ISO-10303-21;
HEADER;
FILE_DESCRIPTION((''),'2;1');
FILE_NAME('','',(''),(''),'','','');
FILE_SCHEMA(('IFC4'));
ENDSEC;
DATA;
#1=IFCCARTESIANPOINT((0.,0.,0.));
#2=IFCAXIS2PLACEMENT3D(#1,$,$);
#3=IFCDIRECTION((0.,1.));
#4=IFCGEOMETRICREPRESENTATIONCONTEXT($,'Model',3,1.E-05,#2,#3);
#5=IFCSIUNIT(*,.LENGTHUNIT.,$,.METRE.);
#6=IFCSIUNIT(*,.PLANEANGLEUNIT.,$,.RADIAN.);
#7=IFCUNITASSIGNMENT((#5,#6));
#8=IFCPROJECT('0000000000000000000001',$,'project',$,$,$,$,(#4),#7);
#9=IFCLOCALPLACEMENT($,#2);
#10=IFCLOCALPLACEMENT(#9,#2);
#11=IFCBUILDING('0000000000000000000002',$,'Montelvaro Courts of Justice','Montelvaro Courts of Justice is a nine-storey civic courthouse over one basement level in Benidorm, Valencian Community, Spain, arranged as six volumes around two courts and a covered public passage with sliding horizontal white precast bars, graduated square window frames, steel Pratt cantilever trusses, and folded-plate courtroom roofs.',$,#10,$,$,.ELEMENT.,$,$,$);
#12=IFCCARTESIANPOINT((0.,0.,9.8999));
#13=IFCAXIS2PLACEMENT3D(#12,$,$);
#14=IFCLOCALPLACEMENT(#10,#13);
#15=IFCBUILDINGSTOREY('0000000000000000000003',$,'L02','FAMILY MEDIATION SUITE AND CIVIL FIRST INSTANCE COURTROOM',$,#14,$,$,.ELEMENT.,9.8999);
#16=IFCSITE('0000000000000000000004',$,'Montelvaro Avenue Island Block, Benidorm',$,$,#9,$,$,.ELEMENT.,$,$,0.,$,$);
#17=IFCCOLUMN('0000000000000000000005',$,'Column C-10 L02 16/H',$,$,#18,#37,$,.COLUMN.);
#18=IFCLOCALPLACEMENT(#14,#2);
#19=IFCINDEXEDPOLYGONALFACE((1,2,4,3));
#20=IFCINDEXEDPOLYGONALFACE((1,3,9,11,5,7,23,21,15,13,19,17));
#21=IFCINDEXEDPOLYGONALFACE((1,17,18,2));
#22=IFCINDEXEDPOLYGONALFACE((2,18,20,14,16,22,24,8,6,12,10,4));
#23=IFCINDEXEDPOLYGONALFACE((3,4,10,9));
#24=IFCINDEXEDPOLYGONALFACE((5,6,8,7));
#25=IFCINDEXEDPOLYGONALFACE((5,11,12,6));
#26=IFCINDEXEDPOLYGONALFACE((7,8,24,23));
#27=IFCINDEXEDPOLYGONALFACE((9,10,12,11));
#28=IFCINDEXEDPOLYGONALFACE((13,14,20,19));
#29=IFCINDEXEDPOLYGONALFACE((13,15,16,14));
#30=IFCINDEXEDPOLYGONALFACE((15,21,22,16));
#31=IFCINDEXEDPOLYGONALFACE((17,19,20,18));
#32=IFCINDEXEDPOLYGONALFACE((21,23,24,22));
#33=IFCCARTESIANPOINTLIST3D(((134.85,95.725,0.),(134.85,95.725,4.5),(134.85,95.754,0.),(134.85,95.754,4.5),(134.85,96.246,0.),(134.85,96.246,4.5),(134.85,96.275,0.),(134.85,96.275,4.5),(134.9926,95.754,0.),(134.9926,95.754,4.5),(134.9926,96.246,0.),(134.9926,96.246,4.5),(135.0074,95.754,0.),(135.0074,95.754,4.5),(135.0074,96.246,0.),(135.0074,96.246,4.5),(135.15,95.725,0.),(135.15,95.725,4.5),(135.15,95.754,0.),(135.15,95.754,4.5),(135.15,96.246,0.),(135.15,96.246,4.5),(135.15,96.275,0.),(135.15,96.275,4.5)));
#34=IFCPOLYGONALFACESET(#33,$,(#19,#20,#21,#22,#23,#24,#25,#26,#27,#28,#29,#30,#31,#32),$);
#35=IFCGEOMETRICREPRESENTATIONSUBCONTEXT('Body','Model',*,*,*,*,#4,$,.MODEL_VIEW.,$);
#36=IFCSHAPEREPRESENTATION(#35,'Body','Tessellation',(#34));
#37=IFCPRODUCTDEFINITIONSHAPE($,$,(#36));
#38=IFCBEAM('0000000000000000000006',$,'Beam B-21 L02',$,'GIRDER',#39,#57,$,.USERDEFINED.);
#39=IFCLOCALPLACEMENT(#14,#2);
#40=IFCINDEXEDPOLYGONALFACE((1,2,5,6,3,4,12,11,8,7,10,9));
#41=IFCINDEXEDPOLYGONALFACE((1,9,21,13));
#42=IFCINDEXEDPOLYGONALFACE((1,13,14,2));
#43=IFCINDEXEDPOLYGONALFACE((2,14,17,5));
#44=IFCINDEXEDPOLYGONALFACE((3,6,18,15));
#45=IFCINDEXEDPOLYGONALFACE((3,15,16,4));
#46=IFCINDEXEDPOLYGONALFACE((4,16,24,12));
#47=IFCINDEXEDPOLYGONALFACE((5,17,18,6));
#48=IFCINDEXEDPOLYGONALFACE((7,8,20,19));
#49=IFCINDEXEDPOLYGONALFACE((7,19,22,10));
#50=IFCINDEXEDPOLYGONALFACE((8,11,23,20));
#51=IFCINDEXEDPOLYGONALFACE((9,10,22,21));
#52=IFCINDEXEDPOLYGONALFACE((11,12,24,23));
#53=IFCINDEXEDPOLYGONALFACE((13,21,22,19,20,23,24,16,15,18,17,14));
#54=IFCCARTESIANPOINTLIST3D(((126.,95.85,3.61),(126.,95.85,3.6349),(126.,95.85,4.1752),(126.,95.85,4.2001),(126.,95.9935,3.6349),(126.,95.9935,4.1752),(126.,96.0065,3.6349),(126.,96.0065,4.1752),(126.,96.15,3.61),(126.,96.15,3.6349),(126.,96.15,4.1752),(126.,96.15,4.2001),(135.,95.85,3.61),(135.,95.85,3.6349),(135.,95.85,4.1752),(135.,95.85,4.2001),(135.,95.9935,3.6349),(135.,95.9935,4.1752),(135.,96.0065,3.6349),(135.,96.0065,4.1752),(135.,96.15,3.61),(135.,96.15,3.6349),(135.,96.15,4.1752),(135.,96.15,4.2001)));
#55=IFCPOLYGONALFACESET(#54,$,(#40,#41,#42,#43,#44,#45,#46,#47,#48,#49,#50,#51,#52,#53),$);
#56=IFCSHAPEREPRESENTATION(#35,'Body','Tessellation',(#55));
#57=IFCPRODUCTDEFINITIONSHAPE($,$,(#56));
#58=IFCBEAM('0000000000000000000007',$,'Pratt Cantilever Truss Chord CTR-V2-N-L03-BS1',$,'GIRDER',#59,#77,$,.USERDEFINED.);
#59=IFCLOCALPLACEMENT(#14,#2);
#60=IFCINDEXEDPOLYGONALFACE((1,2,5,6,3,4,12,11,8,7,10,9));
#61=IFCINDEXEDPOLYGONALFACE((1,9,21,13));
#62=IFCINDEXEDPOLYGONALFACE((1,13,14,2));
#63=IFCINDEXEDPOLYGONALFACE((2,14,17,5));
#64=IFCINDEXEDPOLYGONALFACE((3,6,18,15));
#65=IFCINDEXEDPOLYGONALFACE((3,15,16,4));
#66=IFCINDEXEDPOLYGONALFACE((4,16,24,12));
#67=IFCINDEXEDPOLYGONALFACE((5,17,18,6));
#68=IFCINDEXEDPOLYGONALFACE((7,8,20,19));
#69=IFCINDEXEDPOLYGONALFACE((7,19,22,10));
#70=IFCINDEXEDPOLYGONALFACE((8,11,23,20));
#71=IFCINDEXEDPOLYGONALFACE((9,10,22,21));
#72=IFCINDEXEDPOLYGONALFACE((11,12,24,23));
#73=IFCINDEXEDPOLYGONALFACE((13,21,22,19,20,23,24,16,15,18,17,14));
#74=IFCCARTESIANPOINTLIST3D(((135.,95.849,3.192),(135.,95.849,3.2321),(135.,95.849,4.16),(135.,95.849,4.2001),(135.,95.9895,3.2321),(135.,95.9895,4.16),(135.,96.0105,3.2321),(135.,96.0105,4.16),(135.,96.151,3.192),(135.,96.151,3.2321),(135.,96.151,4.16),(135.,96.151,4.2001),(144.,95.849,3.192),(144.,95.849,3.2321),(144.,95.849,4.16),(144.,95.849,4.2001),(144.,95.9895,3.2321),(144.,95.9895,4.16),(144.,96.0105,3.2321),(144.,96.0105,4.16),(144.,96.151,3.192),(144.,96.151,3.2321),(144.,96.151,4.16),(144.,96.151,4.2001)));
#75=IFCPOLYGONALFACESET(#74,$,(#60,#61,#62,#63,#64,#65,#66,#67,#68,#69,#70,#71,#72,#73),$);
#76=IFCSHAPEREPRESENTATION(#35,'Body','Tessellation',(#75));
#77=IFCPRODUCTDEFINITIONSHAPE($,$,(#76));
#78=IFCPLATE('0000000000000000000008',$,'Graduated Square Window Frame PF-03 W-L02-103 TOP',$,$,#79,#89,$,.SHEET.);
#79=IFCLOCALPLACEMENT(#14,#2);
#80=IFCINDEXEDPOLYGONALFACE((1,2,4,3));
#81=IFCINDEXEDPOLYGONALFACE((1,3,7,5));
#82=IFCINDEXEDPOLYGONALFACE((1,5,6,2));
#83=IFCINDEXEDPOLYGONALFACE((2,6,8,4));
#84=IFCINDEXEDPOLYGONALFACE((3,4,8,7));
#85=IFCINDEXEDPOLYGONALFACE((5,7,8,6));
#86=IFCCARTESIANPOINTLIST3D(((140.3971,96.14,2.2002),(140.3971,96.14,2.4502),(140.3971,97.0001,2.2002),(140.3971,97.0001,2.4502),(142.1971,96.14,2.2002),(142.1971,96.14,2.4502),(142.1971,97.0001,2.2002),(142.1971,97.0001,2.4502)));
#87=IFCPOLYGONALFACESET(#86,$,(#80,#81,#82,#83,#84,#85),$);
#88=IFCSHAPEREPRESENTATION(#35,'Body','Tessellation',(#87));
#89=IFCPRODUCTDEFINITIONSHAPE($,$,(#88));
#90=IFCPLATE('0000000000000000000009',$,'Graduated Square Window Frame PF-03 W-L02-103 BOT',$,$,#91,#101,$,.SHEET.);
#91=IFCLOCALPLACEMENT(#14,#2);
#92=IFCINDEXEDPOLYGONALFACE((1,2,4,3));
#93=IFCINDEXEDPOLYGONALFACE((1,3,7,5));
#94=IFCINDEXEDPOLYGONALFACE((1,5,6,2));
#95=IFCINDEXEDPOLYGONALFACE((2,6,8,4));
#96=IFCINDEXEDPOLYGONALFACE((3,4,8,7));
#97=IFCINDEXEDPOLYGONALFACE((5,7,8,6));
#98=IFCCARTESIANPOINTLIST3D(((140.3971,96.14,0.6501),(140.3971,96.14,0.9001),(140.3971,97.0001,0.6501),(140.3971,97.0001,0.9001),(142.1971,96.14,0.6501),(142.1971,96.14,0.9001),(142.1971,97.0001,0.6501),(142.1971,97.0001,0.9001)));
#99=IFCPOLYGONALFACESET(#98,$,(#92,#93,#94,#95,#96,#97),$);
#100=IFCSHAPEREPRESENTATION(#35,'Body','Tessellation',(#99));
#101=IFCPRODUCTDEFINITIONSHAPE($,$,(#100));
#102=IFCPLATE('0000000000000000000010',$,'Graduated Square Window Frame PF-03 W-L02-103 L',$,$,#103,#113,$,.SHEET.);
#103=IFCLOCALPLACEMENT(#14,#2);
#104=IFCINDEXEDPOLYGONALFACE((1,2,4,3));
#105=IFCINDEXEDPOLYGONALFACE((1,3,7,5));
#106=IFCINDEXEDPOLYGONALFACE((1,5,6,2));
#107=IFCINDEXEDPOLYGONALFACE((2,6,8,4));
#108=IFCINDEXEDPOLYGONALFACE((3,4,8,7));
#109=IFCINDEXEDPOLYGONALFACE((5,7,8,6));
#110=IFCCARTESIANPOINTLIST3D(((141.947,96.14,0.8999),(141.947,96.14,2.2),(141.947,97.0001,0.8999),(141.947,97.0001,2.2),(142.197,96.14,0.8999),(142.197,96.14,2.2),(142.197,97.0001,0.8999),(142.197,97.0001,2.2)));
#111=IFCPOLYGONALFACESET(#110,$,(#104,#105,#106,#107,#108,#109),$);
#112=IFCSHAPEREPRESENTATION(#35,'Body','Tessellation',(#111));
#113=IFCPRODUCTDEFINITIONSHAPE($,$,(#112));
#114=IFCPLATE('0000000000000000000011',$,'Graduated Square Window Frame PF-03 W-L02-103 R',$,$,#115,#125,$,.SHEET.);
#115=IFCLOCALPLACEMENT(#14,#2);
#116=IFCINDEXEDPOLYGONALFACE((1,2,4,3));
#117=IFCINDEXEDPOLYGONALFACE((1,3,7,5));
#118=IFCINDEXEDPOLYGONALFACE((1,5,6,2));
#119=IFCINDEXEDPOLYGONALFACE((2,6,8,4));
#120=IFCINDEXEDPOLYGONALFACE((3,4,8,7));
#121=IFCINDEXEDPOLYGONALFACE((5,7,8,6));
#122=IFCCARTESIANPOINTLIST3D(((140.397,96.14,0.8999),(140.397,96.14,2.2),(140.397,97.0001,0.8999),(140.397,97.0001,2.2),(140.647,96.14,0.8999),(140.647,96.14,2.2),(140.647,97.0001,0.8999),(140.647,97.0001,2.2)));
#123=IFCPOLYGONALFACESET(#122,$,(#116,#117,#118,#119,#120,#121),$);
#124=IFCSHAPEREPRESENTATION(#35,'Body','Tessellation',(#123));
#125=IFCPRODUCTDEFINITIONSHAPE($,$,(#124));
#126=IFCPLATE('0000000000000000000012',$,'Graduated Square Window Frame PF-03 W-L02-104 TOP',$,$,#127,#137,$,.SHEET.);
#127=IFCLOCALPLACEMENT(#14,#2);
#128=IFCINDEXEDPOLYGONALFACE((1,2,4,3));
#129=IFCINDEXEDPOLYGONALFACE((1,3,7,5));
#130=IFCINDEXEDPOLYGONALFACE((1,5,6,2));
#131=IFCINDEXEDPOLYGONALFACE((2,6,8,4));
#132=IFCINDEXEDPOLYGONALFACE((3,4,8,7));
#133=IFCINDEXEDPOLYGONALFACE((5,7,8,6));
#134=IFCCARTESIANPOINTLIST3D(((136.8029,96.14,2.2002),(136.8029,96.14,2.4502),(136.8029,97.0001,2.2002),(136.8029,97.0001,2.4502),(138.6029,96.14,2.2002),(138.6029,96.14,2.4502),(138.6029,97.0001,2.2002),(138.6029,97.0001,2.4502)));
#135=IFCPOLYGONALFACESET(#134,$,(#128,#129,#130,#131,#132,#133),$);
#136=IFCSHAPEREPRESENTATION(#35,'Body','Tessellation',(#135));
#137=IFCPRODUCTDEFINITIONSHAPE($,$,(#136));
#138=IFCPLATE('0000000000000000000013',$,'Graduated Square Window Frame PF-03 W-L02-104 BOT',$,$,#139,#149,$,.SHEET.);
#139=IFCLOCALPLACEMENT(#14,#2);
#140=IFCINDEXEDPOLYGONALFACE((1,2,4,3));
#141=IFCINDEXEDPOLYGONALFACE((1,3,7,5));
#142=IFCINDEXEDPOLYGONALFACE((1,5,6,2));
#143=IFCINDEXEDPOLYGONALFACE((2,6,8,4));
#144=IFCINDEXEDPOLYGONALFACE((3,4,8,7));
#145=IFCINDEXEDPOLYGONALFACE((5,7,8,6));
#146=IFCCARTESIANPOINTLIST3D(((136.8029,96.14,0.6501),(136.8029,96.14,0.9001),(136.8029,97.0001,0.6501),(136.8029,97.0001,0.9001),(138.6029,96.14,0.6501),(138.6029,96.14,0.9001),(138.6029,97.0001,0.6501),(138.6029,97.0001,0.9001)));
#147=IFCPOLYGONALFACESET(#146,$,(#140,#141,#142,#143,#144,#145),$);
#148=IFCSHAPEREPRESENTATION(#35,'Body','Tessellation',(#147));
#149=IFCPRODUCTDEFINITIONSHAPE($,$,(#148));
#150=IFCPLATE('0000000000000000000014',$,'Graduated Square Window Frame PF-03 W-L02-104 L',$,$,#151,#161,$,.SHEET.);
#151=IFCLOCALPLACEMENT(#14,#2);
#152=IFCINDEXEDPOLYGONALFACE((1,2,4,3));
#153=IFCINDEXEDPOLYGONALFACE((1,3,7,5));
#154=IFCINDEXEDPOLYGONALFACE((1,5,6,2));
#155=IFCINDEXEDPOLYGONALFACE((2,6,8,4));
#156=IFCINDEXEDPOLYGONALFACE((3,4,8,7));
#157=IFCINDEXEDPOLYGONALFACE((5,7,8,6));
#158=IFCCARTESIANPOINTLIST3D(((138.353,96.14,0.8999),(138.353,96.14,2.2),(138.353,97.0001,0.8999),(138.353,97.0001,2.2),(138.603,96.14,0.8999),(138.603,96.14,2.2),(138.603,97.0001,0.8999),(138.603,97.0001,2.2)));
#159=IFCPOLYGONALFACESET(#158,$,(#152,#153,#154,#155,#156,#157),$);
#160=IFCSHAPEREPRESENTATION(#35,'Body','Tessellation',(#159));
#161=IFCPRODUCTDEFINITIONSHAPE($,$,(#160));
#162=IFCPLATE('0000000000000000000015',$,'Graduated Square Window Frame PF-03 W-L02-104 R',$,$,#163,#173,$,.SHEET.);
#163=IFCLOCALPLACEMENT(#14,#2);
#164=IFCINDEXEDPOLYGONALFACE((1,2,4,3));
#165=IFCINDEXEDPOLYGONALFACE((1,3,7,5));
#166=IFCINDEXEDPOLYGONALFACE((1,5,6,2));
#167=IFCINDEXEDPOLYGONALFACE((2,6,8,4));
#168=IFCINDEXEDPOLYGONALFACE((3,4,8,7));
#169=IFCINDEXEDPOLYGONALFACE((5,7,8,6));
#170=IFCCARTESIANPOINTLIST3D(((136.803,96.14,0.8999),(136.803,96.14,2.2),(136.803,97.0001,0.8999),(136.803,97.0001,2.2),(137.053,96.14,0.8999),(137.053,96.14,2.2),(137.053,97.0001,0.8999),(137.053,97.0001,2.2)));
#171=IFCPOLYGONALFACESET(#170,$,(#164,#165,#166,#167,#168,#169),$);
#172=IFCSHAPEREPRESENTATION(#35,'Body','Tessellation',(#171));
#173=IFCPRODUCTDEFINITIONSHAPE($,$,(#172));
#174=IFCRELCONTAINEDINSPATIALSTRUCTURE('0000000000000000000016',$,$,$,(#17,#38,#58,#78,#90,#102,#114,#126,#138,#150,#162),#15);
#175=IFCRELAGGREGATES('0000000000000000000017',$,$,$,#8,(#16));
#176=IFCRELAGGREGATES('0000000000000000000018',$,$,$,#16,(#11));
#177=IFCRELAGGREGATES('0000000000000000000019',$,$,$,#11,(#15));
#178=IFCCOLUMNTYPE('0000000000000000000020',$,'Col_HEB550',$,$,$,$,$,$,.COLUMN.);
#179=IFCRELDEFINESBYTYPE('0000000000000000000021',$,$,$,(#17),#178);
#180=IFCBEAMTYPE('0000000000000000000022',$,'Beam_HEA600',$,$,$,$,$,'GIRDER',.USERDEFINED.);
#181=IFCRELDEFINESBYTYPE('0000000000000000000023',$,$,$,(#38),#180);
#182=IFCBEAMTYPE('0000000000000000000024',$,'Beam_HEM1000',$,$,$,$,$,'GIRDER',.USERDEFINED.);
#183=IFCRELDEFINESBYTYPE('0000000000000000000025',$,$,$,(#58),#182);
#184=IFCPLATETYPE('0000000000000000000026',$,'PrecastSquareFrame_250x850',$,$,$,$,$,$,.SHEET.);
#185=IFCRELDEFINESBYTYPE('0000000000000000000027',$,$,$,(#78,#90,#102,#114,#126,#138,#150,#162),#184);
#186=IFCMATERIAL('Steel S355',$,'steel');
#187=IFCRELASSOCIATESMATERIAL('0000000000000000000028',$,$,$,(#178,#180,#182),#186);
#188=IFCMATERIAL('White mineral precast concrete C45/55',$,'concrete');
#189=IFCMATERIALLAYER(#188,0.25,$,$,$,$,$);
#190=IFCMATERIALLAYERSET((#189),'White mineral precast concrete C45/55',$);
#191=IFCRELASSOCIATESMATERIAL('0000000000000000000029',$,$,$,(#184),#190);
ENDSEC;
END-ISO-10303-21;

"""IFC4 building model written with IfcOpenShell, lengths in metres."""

from ifc_helpers import new_model, si_unit, direction, frame, origin, origin_2d, place, context, subcontext, project, spatial, rectangle, i_section, extrude, material, layer, layer_set, material_profile, profile_set, type_object, element, save


model = new_model("IFC4")

# Units and contexts
model_context = context("Model", 3, precision=1e-05, world=origin(), true_north=direction((0.0, 1.0)))
body_context = subcontext(model_context, "Body", "Model", "MODEL_VIEW")
ifc_project = project(units=[si_unit("LENGTHUNIT", "METRE"), si_unit("PLANEANGLEUNIT", "RADIAN")], contexts=[model_context])

# Site, building, storey
site_placement = place(None, origin())
site = spatial("IfcSite", under=ifc_project, at=site_placement, Name="Montelvaro Avenue Island Block, Benidorm", CompositionType="ELEMENT", RefElevation=0.0)
building_placement = place(site_placement, origin())
building = spatial("IfcBuilding", under=site, at=building_placement, Name="Montelvaro Courts of Justice", Description="Montelvaro Courts of Justice is a nine-storey civic courthouse over one basement level in Benidorm, Valencian Community, Spain, arranged as six volumes around two courts and a covered public passage with sliding horizontal white precast bars, graduated square window frames, steel Pratt cantilever trusses, and folded-plate courtroom roofs.", CompositionType="ELEMENT")
storey_placement = place(building_placement, frame((0.0, 0.0, 9.8999)))
storey = spatial("IfcBuildingStorey", under=building, at=storey_placement, Name="L02", Description="FAMILY MEDIATION SUITE AND CIVIL FIRST INSTANCE COURTROOM", CompositionType="ELEMENT", Elevation=9.8999)

# Column
ifc_material_1 = material(Name="Steel S355", Category="steel")
ifc_material_profile_1 = material_profile(ifc_material_1, i_section(OverallWidth=0.3, OverallDepth=0.55, WebThickness=0.0149, FlangeThickness=0.0291, at=origin_2d()), Name="HEB 550")
ifc_profile_set_1 = profile_set([ifc_material_profile_1], Name="Steel S355")
column_type = type_object("IfcColumnType", Name="Col_HEB550", PredefinedType="COLUMN", material=ifc_profile_set_1)
column_placement = place(storey_placement, frame((135.0, 96.0, 0.0), z_axis=(0.0, 0.0, 1.0), x_axis=(1.0, 0.0, 0.0)))
element("IfcColumn", 1, at=column_placement, inside=storey, type_object=column_type, Name="Column C-10 L02 16/H", PredefinedType="COLUMN", context=body_context, shape_type="SweptSolid", body=[
    extrude(i_section(OverallWidth=0.3, OverallDepth=0.55, WebThickness=0.0149, FlangeThickness=0.0291, at=origin_2d()), origin(), (0.0, 0.0, 1.0), 4.5),
])

# Beams
ifc_material_profile_2 = material_profile(ifc_material_1, i_section(OverallWidth=0.3, OverallDepth=0.5901, WebThickness=0.0129, FlangeThickness=0.0249, at=origin_2d()), Name="HEA 600")
ifc_profile_set_2 = profile_set([ifc_material_profile_2], Name="Steel S355")
beam_type_1 = type_object("IfcBeamType", Name="Beam_HEA600", ElementType="GIRDER", PredefinedType="USERDEFINED", material=ifc_profile_set_2)
beam_1_placement = place(storey_placement, frame((126.0, 96.0, 3.905), z_axis=(1.0, 0.0, 0.0), x_axis=(0.0, 1.0, 0.0)))
element("IfcBeam", 2, at=beam_1_placement, inside=storey, type_object=beam_type_1, Name="Beam B-21 L02", ObjectType="GIRDER", PredefinedType="USERDEFINED", context=body_context, shape_type="SweptSolid", body=[
    extrude(i_section(OverallWidth=0.3, OverallDepth=0.5901, WebThickness=0.0129, FlangeThickness=0.0249, at=origin_2d()), origin(), (0.0, 0.0, 1.0), 9.0),
])
ifc_material_profile_3 = material_profile(ifc_material_1, i_section(OverallWidth=0.302, OverallDepth=1.0081, WebThickness=0.021, FlangeThickness=0.04, at=origin_2d()), Name="HEM 1000")
ifc_profile_set_3 = profile_set([ifc_material_profile_3], Name="Steel S355")
beam_type_2 = type_object("IfcBeamType", Name="Beam_HEM1000", ElementType="GIRDER", PredefinedType="USERDEFINED", material=ifc_profile_set_3)
beam_2_placement = place(storey_placement, frame((135.0, 96.0, 3.696), z_axis=(1.0, 0.0, 0.0), x_axis=(0.0, 1.0, 0.0)))
element("IfcBeam", 3, at=beam_2_placement, inside=storey, type_object=beam_type_2, Name="Pratt Cantilever Truss Chord CTR-V2-N-L03-BS1", ObjectType="GIRDER", PredefinedType="USERDEFINED", context=body_context, shape_type="SweptSolid", body=[
    extrude(i_section(OverallWidth=0.302, OverallDepth=1.0081, WebThickness=0.021, FlangeThickness=0.04, at=origin_2d()), origin(), (0.0, 0.0, 1.0), 9.0),
])

# Plates
ifc_material_2 = material(Name="White mineral precast concrete C45/55", Category="concrete")
ifc_layer_1 = layer(ifc_material_2, 0.25)
ifc_layer_set_1 = layer_set([ifc_layer_1], Name="White mineral precast concrete C45/55")
plate_type = type_object("IfcPlateType", Name="PrecastSquareFrame_250x850", PredefinedType="SHEET", material=ifc_layer_set_1)
for number, where, z_axis, x_axis, name in (
    (4, (141.2971, 96.5701, 2.2002), (0.0, 0.0, 1.0), (-1.0, 0.0, 0.0), "Graduated Square Window Frame PF-03 W-L02-103 TOP"),
    (5, (141.2971, 96.5701, 0.6501), (0.0, 0.0, 1.0), (-1.0, 0.0, 0.0), "Graduated Square Window Frame PF-03 W-L02-103 BOT"),
):
    element("IfcPlate", number, at=place(storey_placement, frame(where, z_axis=z_axis, x_axis=x_axis)), inside=storey, type_object=plate_type, Name=name, PredefinedType="SHEET", context=body_context, shape_type="SweptSolid", body=[
        extrude(rectangle(XDim=1.8, YDim=0.8601, at=origin_2d()), origin(), (0.0, 0.0, 1.0), 0.25),
    ])
for number, where, z_axis, x_axis, name in (
    (6, (142.072, 96.5701, 0.8999), (0.0, 0.0, 1.0), (-1.0, 0.0, 0.0), "Graduated Square Window Frame PF-03 W-L02-103 L"),
    (7, (140.522, 96.5701, 0.8999), (0.0, 0.0, 1.0), (-1.0, 0.0, 0.0), "Graduated Square Window Frame PF-03 W-L02-103 R"),
):
    element("IfcPlate", number, at=place(storey_placement, frame(where, z_axis=z_axis, x_axis=x_axis)), inside=storey, type_object=plate_type, Name=name, PredefinedType="SHEET", context=body_context, shape_type="SweptSolid", body=[
        extrude(rectangle(XDim=0.25, YDim=0.8601, at=origin_2d()), origin(), (0.0, 0.0, 1.0), 1.3),
    ])
for number, where, z_axis, x_axis, name in (
    (8, (137.7029, 96.5701, 2.2002), (0.0, 0.0, 1.0), (-1.0, 0.0, 0.0), "Graduated Square Window Frame PF-03 W-L02-104 TOP"),
    (9, (137.7029, 96.5701, 0.6501), (0.0, 0.0, 1.0), (-1.0, 0.0, 0.0), "Graduated Square Window Frame PF-03 W-L02-104 BOT"),
):
    element("IfcPlate", number, at=place(storey_placement, frame(where, z_axis=z_axis, x_axis=x_axis)), inside=storey, type_object=plate_type, Name=name, PredefinedType="SHEET", context=body_context, shape_type="SweptSolid", body=[
        extrude(rectangle(XDim=1.8, YDim=0.8601, at=origin_2d()), origin(), (0.0, 0.0, 1.0), 0.25),
    ])
for number, where, z_axis, x_axis, name in (
    (10, (138.478, 96.5701, 0.8999), (0.0, 0.0, 1.0), (-1.0, 0.0, 0.0), "Graduated Square Window Frame PF-03 W-L02-104 L"),
    (11, (136.928, 96.5701, 0.8999), (0.0, 0.0, 1.0), (-1.0, 0.0, 0.0), "Graduated Square Window Frame PF-03 W-L02-104 R"),
):
    element("IfcPlate", number, at=place(storey_placement, frame(where, z_axis=z_axis, x_axis=x_axis)), inside=storey, type_object=plate_type, Name=name, PredefinedType="SHEET", context=body_context, shape_type="SweptSolid", body=[
        extrude(rectangle(XDim=0.25, YDim=0.8601, at=origin_2d()), origin(), (0.0, 0.0, 1.0), 1.3),
    ])

save(model, "model.ifc")
